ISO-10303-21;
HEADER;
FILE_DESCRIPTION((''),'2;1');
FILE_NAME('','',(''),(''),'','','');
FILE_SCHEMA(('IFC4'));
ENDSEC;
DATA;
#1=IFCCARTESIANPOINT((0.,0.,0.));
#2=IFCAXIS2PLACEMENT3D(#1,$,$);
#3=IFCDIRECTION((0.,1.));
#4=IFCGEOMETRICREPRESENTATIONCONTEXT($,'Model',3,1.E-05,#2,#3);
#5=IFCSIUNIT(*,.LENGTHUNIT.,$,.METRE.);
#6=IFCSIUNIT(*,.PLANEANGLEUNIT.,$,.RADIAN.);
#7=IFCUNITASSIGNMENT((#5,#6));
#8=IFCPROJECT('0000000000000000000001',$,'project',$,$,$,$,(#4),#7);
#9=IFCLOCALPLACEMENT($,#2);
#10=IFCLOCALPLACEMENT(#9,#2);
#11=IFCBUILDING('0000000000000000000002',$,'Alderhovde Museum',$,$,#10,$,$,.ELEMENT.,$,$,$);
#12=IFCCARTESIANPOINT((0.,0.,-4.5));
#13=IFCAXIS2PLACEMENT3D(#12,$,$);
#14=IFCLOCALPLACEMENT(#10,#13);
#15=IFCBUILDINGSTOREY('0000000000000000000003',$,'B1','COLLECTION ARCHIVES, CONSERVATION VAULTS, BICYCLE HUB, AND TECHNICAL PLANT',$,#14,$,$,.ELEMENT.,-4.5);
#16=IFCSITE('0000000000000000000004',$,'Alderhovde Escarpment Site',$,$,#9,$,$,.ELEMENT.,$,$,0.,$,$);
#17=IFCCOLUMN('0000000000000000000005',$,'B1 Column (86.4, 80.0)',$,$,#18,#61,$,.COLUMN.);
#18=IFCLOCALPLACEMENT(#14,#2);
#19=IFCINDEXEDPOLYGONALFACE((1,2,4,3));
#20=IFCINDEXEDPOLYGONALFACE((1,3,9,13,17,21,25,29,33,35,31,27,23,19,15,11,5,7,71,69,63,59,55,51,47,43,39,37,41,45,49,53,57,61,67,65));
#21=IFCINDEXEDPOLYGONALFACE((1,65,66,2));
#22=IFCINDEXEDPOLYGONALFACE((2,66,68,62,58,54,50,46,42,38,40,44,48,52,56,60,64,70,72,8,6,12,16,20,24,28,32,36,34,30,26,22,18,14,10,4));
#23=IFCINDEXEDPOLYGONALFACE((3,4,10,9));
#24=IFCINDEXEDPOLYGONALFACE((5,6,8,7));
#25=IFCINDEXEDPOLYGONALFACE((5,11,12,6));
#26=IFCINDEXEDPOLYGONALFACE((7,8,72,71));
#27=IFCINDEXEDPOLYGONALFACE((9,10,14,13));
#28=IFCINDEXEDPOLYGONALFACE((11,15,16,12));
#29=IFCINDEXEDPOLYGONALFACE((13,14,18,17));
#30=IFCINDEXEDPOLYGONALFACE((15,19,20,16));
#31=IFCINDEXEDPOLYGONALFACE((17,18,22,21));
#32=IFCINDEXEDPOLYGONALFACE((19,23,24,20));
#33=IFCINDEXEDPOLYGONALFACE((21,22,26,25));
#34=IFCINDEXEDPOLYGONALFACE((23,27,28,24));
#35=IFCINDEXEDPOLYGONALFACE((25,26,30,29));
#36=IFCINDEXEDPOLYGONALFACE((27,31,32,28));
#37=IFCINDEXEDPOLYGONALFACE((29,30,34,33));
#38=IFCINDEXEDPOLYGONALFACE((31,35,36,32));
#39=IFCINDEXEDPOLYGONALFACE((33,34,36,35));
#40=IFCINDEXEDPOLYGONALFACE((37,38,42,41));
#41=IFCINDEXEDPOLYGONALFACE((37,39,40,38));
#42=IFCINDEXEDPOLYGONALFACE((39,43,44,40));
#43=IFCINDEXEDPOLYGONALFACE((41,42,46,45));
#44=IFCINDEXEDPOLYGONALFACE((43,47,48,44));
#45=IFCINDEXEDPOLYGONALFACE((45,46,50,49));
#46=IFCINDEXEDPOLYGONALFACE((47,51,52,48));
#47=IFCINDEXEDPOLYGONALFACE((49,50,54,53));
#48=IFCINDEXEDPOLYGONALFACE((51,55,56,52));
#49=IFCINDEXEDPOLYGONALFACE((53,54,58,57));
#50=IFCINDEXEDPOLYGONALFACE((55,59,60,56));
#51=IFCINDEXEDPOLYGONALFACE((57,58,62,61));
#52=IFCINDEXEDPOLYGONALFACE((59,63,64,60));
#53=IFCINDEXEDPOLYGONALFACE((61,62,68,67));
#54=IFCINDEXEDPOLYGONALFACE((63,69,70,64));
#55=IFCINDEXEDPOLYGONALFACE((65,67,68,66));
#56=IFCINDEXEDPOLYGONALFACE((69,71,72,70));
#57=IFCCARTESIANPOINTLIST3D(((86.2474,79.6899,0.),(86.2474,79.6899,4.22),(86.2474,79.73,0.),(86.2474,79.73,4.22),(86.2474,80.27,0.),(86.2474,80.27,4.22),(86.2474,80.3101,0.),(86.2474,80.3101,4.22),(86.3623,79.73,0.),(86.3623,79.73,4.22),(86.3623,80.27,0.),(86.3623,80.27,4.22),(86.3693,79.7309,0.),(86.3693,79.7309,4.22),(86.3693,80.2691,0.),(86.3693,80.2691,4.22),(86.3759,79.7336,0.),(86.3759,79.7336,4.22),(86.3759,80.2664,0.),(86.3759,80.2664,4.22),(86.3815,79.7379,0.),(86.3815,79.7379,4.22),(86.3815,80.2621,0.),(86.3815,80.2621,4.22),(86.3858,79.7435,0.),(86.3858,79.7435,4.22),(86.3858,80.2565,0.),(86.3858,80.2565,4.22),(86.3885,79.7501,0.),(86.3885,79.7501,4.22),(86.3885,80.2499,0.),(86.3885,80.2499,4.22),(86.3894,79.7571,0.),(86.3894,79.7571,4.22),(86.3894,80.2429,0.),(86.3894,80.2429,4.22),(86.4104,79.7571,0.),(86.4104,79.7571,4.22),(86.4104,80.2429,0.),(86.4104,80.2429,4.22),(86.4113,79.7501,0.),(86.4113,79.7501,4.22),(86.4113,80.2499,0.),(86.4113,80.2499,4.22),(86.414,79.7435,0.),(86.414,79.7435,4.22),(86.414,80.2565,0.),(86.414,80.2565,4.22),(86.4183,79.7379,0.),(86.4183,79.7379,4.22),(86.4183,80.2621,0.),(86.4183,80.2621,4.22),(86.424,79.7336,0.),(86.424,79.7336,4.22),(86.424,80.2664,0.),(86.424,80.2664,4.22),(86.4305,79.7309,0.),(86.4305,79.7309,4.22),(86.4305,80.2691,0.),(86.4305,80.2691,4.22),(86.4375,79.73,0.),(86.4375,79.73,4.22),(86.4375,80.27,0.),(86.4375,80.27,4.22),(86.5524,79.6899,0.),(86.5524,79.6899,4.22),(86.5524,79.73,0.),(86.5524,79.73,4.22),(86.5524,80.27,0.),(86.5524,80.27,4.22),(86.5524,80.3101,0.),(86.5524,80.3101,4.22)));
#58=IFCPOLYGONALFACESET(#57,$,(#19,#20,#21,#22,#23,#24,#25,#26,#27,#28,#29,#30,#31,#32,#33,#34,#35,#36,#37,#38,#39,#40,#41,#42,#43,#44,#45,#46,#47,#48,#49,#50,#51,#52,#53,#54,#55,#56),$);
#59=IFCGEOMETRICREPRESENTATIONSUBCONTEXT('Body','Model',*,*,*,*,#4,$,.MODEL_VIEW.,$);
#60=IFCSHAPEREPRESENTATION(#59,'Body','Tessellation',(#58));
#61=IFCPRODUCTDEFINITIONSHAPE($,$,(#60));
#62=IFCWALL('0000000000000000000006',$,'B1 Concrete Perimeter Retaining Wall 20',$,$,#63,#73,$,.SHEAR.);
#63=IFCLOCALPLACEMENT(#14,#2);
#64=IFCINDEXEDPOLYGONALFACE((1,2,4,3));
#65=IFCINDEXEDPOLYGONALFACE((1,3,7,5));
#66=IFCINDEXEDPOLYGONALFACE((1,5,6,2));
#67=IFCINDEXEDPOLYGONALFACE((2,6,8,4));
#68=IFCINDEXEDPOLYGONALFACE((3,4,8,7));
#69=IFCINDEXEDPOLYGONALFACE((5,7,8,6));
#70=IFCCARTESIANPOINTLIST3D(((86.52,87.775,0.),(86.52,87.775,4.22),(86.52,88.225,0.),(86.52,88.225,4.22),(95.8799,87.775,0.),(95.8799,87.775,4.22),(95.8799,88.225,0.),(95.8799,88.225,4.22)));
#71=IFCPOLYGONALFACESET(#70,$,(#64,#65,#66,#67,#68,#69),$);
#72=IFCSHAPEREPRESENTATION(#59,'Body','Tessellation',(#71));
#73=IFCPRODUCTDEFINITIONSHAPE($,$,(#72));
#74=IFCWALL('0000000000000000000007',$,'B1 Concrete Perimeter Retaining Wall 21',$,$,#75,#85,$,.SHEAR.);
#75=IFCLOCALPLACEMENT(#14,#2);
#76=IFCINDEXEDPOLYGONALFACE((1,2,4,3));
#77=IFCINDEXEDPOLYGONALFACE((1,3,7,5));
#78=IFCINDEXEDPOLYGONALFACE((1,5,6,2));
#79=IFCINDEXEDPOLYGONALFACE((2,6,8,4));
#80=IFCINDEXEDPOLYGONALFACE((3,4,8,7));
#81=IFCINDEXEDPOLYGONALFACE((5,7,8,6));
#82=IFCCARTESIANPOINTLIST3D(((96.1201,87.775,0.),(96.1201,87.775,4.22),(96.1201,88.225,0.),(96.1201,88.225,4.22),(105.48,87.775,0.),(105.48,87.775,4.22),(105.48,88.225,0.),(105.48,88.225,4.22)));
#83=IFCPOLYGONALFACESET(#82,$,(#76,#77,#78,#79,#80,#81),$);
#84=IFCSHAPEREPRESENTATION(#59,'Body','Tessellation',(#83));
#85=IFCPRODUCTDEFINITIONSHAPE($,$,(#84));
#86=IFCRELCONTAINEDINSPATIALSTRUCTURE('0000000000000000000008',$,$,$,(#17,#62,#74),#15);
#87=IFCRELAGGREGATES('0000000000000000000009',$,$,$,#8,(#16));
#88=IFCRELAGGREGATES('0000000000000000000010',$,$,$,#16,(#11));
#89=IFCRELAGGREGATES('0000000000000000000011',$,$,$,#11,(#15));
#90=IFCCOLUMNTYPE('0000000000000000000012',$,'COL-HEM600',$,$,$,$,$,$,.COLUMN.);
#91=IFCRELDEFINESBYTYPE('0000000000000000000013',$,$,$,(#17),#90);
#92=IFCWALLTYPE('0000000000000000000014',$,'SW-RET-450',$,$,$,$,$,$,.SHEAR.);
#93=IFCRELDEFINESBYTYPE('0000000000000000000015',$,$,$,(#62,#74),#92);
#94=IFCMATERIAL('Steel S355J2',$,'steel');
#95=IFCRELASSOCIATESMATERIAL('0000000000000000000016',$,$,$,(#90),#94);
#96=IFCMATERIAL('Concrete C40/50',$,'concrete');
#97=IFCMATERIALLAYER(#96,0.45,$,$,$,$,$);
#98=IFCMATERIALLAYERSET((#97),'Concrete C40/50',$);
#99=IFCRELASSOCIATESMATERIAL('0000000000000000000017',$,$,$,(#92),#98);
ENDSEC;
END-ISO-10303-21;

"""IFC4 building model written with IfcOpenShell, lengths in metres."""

from ifc_helpers import new_model, si_unit, direction, frame, frame_2d, origin, origin_2d, place, context, subcontext, project, spatial, rectangle, i_section, extrude, material, layer, layer_set, material_profile, profile_set, type_object, element, save


model = new_model("IFC4")

# Units and contexts
model_context = context("Model", 3, precision=1e-05, world=origin(), true_north=direction((0.0, 1.0)))
body_context = subcontext(model_context, "Body", "Model", "MODEL_VIEW")
ifc_project = project(units=[si_unit("LENGTHUNIT", "METRE"), si_unit("PLANEANGLEUNIT", "RADIAN")], contexts=[model_context])

# Site, building, storey
site_placement = place(None, origin())
site = spatial("IfcSite", under=ifc_project, at=site_placement, Name="Alderhovde Escarpment Site", CompositionType="ELEMENT", RefElevation=0.0)
building_placement = place(site_placement, origin())
building = spatial("IfcBuilding", under=site, at=building_placement, Name="Alderhovde Museum", CompositionType="ELEMENT")
storey_placement = place(building_placement, frame((0.0, 0.0, -4.5)))
storey = spatial("IfcBuildingStorey", under=building, at=storey_placement, Name="B1", Description="COLLECTION ARCHIVES, CONSERVATION VAULTS, BICYCLE HUB, AND TECHNICAL PLANT", CompositionType="ELEMENT", Elevation=-4.5)

# Column
ifc_material_1 = material(Name="Steel S355J2", Category="steel")
ifc_material_profile_1 = material_profile(ifc_material_1, i_section(OverallWidth=0.3049, OverallDepth=0.6201, WebThickness=0.021, FlangeThickness=0.04, FilletRadius=0.0271, at=origin_2d()), Name="HEM 600")
ifc_profile_set_1 = profile_set([ifc_material_profile_1], Name="Steel S355J2")
column_type_1 = type_object("IfcColumnType", Name="COL-HEM600", PredefinedType="COLUMN", material=ifc_profile_set_1)
column_1_placement = place(storey_placement, frame((86.3999, 80.0, 0.0), z_axis=(0.0, 0.0, 1.0), x_axis=(1.0, 0.0, 0.0)))
element("IfcColumn", 1, at=column_1_placement, inside=storey, type_object=column_type_1, Name="B1 Column (86.4, 80.0)", PredefinedType="COLUMN", context=body_context, shape_type="SweptSolid", body=[
    extrude(i_section(OverallWidth=0.3049, OverallDepth=0.6201, WebThickness=0.021, FlangeThickness=0.04, FilletRadius=0.0271, at=origin_2d()), origin(), (0.0, 0.0, 1.0), 4.22),
])

# Walls
ifc_material_2 = material(Name="Concrete C40/50", Category="concrete")
ifc_layer = layer(ifc_material_2, 0.45)
ifc_layer_set = layer_set([ifc_layer], Name="Concrete C40/50")
wall_type = type_object("IfcWallType", Name="SW-RET-450", PredefinedType="SHEAR", material=ifc_layer_set)
for number, where, z_axis, x_axis, name in (
    (2, (86.52, 88.0, 0.0), (0.0, 0.0, 1.0), (1.0, 0.0, 0.0), "B1 Concrete Perimeter Retaining Wall 20"),
    (3, (96.1201, 88.0, 0.0), (0.0, 0.0, 1.0), (1.0, 0.0, 0.0), "B1 Concrete Perimeter Retaining Wall 21"),
):
    element("IfcWall", number, at=place(storey_placement, frame(where, z_axis=z_axis, x_axis=x_axis)), inside=storey, type_object=wall_type, Name=name, PredefinedType="SHEAR", context=body_context, shape_type="SweptSolid", body=[
        extrude(rectangle(XDim=9.3599, YDim=0.45, at=frame_2d((4.6799, 0.0))), origin(), (0.0, 0.0, 1.0), 4.22),
    ])

save(model, "model.ifc")
